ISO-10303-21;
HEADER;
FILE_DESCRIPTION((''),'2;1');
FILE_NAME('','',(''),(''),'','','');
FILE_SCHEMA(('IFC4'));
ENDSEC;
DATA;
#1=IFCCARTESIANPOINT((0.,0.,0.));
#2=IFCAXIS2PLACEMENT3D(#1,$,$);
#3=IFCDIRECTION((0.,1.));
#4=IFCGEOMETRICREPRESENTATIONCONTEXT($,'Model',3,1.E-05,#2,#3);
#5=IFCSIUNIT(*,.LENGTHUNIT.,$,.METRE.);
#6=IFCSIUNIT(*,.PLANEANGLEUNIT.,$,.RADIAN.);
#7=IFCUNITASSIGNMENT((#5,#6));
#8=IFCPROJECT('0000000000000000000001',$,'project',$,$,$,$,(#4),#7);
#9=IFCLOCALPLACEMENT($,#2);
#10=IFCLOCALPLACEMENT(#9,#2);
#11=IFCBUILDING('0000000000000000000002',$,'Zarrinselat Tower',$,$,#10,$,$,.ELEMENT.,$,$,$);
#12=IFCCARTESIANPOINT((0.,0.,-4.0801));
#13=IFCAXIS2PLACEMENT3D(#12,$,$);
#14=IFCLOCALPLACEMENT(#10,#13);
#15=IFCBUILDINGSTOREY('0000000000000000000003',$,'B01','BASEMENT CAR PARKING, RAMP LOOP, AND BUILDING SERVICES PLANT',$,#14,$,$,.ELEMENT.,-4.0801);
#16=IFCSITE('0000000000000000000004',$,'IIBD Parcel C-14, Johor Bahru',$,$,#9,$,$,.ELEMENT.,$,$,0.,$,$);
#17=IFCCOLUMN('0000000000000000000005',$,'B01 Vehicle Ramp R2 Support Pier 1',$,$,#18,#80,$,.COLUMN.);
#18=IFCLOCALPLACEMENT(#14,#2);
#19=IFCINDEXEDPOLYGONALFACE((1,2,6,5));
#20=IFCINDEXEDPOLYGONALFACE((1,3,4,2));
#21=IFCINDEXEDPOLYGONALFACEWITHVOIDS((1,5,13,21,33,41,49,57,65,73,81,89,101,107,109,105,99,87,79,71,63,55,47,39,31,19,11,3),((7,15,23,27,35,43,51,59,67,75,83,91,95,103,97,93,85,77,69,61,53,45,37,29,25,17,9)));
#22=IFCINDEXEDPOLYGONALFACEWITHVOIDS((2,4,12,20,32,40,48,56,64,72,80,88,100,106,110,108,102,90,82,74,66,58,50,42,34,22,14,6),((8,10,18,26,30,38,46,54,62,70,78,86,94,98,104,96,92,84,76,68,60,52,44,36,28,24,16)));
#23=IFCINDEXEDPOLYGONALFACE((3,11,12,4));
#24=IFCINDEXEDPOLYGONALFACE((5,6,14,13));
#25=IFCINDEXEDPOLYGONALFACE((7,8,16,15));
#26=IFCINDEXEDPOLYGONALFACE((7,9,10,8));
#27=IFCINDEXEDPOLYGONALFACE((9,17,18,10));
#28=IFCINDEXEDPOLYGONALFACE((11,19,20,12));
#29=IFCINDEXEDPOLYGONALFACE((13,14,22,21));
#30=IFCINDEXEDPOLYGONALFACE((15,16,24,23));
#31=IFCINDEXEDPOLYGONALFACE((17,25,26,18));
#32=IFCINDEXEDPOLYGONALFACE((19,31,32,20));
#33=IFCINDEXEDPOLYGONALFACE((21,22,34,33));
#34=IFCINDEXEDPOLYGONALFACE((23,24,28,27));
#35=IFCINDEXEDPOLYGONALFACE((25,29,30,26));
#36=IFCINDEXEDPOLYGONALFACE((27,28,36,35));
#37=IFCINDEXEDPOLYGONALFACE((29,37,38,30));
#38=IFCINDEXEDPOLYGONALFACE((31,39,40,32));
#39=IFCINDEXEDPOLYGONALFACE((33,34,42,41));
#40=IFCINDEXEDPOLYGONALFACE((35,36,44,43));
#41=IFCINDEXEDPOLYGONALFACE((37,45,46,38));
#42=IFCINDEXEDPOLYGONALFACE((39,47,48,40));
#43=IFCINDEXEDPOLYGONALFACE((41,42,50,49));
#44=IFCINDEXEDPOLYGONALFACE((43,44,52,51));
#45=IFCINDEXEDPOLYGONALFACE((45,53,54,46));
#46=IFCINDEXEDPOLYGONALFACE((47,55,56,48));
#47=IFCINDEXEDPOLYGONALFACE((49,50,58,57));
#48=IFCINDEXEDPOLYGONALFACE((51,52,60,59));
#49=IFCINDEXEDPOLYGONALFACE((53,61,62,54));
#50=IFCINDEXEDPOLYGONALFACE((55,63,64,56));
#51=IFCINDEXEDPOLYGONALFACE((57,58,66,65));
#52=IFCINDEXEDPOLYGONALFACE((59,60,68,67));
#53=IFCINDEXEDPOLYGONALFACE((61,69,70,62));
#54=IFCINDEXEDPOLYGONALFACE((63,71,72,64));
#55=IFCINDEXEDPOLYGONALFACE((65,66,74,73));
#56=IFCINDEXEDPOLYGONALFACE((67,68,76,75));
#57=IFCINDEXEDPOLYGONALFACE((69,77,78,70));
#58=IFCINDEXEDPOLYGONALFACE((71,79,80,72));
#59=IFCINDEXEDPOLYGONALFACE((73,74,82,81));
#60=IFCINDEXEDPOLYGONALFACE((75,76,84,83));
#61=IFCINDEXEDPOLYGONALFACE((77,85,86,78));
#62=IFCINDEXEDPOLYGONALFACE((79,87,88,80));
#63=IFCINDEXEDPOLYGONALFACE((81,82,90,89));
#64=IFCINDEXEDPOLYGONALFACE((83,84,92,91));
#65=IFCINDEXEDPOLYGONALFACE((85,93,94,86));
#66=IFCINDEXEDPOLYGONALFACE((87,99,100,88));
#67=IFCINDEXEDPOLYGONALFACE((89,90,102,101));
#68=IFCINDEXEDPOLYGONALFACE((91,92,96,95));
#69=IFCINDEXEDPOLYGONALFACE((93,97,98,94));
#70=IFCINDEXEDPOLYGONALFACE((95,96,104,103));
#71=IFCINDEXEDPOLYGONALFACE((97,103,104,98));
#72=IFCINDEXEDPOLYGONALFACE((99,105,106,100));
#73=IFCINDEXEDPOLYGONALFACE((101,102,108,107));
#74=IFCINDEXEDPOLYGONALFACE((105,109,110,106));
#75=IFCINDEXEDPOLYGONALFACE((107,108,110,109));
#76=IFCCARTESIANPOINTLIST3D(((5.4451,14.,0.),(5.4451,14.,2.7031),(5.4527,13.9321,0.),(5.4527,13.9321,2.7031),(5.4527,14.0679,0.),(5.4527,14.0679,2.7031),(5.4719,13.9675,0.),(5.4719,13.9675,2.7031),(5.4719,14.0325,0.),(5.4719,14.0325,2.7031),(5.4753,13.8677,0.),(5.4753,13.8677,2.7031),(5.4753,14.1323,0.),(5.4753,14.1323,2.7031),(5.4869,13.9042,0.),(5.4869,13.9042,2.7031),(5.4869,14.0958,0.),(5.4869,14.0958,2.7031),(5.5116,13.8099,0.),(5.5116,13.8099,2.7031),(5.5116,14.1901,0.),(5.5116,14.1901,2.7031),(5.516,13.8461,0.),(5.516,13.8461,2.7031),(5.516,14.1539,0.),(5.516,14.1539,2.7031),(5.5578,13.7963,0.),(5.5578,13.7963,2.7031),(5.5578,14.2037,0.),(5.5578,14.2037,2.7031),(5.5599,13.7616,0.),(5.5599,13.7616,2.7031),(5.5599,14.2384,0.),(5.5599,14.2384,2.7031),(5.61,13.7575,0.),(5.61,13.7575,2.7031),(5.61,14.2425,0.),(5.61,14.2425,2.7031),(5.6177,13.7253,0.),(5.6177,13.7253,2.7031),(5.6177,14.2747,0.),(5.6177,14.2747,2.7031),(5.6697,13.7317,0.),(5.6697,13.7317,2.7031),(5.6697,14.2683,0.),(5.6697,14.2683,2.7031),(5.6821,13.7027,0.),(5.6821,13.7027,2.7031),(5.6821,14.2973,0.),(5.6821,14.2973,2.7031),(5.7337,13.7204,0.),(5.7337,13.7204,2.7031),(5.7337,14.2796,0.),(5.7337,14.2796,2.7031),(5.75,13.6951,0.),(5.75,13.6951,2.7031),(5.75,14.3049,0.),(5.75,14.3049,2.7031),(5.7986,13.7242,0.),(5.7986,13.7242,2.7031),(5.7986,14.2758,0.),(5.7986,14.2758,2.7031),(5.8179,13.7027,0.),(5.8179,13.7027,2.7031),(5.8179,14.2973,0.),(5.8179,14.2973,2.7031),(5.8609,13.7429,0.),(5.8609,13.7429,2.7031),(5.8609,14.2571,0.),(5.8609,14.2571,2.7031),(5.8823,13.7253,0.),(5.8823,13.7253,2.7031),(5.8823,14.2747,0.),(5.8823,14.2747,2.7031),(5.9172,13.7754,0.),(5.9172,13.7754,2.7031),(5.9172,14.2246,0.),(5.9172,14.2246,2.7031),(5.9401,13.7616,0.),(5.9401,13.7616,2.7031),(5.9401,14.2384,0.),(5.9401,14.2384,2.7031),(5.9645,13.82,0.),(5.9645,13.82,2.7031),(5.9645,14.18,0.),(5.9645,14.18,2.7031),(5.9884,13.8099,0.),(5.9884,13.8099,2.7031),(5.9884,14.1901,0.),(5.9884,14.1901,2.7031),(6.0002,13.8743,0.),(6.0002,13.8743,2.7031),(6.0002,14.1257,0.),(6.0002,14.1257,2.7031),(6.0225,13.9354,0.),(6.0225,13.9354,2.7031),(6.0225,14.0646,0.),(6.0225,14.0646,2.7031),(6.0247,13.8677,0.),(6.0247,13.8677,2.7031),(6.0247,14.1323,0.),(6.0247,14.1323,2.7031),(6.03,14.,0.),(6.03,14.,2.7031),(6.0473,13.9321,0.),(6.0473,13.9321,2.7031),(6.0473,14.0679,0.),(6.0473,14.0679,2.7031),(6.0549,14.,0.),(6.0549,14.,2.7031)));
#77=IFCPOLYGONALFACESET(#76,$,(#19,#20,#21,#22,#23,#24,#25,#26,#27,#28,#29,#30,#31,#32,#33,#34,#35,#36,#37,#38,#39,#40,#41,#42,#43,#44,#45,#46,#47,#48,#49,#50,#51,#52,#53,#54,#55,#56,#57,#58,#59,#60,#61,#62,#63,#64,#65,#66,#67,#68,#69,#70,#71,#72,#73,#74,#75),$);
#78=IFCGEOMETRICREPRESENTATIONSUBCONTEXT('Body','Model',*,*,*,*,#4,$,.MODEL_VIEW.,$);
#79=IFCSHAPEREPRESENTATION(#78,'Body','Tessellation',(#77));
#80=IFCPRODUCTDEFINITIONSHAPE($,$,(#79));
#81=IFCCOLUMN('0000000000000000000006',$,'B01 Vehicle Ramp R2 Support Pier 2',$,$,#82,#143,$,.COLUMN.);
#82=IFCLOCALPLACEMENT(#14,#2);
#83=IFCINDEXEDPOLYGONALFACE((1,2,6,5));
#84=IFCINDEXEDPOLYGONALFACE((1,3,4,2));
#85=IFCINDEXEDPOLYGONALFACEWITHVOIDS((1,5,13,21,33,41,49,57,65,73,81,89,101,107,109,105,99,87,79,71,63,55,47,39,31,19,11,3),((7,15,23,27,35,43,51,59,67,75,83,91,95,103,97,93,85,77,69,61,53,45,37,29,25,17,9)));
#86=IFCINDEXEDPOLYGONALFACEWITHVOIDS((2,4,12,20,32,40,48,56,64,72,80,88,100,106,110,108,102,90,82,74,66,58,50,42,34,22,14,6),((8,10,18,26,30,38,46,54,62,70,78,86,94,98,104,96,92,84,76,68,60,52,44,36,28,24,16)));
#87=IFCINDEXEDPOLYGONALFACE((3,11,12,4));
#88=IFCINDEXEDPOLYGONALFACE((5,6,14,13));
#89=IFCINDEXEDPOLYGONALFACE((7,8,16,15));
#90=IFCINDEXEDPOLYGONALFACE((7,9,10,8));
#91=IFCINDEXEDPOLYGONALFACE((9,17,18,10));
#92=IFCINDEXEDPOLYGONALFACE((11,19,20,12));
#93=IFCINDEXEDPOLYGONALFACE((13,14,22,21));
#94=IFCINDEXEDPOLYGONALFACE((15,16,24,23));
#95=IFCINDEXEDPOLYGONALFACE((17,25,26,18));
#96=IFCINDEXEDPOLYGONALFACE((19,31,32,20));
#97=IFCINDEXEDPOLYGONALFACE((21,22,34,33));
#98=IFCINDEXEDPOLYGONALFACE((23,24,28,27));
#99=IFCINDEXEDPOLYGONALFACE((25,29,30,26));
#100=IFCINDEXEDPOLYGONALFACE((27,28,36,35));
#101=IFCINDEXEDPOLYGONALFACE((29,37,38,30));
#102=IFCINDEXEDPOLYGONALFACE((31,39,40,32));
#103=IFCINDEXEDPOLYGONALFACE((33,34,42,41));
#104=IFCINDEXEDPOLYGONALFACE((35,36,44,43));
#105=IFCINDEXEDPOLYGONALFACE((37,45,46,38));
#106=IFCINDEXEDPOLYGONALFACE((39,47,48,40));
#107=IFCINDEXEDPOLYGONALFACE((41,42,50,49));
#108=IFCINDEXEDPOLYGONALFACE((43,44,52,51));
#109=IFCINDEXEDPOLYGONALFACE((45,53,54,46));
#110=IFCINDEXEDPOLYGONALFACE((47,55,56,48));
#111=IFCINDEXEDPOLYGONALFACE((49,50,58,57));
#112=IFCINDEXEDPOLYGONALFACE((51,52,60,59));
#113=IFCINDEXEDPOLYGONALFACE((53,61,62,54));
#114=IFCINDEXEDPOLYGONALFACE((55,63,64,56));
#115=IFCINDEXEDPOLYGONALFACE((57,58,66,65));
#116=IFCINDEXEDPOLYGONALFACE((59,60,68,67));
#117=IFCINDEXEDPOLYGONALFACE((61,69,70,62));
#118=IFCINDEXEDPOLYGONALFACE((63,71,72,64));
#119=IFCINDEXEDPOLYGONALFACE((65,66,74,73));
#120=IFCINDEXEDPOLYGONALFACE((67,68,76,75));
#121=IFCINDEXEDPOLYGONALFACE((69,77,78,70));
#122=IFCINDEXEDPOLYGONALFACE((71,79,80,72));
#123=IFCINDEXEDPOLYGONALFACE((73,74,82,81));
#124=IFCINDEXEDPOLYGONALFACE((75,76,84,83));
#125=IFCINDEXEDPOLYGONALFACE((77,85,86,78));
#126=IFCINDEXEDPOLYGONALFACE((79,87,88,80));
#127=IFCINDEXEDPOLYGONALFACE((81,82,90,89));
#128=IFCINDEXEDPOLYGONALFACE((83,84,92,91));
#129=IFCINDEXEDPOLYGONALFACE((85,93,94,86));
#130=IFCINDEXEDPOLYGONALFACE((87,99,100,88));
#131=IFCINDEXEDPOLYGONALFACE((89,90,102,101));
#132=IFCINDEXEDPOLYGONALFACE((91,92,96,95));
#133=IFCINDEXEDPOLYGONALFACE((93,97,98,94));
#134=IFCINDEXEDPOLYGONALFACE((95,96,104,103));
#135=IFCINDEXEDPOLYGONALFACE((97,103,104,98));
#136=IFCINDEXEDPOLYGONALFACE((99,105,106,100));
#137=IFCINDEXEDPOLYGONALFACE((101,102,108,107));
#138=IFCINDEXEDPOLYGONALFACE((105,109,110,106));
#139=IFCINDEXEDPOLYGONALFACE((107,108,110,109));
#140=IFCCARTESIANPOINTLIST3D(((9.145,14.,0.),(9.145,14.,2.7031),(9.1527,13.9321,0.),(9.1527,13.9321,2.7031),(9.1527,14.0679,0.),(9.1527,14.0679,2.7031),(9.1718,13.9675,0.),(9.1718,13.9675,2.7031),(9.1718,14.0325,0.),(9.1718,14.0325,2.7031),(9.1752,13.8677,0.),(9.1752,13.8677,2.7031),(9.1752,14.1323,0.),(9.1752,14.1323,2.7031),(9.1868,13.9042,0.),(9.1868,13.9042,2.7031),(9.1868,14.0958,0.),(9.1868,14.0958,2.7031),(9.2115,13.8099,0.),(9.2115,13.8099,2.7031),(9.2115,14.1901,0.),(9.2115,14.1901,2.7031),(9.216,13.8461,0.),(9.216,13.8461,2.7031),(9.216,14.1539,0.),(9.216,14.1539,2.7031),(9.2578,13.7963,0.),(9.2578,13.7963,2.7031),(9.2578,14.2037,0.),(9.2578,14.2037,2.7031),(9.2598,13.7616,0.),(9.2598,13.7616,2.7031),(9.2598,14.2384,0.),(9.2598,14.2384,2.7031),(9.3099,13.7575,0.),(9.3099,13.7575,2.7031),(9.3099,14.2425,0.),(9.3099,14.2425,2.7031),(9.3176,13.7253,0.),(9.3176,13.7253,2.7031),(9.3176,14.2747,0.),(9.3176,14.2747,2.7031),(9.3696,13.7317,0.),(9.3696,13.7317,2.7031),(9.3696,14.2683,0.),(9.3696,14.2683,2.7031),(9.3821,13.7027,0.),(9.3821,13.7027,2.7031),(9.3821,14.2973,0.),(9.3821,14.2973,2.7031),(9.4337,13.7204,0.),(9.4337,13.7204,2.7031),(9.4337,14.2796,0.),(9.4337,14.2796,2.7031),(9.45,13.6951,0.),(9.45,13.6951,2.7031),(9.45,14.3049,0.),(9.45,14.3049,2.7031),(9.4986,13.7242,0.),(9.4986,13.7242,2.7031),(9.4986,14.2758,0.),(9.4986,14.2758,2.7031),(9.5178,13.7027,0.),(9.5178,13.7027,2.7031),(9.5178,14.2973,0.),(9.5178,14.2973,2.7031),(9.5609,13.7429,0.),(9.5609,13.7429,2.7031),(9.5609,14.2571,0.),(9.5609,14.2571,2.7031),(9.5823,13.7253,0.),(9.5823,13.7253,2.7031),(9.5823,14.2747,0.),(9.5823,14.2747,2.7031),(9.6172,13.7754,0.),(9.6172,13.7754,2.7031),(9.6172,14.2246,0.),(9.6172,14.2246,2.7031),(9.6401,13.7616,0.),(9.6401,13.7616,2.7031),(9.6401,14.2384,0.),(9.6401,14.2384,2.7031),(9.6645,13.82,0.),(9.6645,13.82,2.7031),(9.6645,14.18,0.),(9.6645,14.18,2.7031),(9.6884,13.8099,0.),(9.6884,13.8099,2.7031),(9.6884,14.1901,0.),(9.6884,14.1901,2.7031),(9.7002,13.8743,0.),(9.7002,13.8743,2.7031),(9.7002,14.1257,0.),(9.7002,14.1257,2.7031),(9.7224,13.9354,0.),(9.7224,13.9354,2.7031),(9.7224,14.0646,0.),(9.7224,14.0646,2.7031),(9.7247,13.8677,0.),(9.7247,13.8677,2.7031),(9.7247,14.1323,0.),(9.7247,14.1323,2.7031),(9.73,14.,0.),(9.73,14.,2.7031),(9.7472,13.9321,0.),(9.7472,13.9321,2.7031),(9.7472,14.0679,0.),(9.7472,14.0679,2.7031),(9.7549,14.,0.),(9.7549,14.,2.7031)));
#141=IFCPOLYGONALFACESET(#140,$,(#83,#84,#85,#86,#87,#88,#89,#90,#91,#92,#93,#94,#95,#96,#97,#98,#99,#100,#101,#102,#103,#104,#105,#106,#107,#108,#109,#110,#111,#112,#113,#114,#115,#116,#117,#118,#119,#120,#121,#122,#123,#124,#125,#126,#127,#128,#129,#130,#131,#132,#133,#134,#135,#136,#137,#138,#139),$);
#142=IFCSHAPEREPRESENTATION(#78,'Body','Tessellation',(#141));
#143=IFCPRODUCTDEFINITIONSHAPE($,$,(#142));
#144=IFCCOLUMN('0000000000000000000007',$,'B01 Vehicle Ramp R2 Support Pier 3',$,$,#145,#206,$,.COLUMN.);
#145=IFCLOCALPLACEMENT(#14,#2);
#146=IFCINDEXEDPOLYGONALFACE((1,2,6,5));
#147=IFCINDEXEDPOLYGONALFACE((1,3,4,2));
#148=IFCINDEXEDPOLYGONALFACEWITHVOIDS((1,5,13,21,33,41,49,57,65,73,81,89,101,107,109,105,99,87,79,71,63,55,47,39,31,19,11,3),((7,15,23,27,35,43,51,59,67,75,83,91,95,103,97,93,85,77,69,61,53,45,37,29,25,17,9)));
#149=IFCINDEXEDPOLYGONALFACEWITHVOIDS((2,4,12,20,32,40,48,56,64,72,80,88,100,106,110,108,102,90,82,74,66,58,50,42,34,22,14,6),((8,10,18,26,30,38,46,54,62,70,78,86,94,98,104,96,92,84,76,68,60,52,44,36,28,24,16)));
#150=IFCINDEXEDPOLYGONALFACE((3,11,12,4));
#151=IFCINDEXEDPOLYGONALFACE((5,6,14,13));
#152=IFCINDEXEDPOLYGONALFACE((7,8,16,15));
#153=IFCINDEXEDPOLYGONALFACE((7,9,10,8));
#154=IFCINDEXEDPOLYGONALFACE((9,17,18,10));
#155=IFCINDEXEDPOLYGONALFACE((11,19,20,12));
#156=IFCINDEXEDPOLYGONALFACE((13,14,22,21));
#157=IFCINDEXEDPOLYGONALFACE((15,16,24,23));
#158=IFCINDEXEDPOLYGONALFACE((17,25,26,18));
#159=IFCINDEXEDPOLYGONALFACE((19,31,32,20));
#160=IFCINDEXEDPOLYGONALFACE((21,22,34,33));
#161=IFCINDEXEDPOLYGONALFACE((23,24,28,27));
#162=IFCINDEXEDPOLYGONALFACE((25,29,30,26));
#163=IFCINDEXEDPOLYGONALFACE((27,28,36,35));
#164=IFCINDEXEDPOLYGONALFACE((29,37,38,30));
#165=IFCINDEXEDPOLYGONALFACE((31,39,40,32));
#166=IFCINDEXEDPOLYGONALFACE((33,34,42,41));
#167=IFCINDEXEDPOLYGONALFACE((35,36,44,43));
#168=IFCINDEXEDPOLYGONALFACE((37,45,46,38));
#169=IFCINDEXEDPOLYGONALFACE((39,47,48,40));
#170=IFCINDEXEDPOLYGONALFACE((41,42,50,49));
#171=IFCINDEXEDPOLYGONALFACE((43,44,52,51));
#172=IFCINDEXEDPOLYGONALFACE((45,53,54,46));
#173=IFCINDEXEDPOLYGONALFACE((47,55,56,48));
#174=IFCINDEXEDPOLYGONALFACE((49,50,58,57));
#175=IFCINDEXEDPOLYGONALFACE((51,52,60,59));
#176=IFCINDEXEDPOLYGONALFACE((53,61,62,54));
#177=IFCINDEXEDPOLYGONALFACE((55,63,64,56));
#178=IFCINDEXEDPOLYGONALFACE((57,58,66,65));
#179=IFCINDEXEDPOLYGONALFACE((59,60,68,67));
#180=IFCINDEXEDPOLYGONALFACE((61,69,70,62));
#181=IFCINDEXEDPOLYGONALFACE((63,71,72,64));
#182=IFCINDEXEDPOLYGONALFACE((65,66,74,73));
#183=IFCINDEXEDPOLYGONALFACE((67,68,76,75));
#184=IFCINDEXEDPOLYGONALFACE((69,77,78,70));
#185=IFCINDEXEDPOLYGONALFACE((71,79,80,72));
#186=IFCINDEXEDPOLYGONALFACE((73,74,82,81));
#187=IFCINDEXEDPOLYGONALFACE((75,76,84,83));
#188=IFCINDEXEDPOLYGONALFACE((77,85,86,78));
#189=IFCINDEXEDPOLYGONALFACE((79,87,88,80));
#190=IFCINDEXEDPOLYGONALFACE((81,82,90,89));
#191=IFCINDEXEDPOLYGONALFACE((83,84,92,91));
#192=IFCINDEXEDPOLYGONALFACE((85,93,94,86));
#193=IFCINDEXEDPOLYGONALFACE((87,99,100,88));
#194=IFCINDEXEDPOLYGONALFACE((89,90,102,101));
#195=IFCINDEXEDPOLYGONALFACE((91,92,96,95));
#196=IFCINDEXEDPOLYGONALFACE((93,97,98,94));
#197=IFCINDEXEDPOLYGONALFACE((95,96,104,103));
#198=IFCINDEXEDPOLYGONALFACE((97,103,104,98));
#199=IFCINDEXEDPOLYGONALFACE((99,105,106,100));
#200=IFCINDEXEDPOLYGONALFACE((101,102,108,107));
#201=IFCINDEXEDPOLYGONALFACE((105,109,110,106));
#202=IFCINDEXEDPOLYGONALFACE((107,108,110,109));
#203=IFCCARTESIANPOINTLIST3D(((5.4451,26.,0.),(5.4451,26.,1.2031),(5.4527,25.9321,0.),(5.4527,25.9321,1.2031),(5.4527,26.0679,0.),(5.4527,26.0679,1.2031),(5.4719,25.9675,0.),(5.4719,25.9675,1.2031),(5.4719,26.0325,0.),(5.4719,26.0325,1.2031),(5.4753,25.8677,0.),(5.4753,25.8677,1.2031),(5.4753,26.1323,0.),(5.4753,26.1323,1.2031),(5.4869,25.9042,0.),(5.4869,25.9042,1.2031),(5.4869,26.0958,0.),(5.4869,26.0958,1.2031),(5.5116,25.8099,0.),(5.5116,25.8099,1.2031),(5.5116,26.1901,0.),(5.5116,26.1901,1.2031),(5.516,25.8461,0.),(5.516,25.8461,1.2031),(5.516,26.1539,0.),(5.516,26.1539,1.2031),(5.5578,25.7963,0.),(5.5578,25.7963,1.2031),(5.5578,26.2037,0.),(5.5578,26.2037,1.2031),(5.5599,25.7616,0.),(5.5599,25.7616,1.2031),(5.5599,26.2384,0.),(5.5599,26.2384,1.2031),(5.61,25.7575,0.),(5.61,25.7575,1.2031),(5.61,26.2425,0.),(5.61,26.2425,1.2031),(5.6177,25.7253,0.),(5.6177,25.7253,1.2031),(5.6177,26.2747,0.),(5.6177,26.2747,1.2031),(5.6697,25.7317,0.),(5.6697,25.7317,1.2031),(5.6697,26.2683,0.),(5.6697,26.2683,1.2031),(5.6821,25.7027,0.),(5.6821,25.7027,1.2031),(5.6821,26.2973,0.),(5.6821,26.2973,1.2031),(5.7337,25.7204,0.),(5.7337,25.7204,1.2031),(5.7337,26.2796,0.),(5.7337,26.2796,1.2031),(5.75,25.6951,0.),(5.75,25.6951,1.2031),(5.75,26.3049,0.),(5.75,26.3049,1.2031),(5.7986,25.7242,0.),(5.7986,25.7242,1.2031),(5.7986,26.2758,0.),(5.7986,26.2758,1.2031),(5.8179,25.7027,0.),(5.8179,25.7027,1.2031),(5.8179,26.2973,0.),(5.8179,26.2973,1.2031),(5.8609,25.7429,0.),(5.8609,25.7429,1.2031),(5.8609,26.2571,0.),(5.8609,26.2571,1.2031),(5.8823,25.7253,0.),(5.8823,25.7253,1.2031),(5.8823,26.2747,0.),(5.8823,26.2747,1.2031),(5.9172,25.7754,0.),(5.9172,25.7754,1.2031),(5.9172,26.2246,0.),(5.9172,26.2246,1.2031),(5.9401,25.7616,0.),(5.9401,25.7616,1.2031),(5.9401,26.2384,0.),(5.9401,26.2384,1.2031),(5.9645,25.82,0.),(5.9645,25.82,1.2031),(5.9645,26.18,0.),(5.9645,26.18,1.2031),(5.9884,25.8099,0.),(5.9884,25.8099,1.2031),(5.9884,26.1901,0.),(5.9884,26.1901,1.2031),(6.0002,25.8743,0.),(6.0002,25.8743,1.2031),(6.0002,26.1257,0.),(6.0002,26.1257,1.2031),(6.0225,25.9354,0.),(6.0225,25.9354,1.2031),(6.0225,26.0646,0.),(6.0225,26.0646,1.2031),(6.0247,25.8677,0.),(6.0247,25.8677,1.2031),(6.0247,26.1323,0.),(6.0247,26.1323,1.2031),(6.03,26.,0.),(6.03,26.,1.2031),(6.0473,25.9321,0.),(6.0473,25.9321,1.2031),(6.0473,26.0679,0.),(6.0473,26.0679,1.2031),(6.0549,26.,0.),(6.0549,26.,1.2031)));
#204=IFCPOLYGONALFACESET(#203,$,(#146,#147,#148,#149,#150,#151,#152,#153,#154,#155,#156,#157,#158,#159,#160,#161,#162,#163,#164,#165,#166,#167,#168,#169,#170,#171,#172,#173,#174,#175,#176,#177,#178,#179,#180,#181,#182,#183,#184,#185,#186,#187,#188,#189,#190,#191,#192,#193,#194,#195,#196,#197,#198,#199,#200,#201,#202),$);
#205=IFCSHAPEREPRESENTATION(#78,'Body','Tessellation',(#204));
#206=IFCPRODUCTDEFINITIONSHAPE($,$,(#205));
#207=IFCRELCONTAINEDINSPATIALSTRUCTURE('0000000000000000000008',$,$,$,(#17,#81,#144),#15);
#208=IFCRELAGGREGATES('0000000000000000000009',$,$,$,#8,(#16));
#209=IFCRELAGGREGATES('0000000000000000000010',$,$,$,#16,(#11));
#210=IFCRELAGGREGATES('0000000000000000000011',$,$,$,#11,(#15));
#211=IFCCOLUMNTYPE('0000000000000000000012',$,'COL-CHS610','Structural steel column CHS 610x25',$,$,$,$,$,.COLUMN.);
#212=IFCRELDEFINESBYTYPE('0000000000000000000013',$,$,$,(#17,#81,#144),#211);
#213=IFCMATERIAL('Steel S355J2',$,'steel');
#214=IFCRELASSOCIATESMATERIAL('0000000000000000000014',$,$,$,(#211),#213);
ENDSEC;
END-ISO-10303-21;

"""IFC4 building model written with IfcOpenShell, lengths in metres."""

from ifc_helpers import new_model, si_unit, direction, frame, origin, origin_2d, place, context, subcontext, project, spatial, hollow_circle, extrude, material, material_profile, profile_set, type_object, element, save


model = new_model("IFC4")

# Units and contexts
model_context = context("Model", 3, precision=1e-05, world=origin(), true_north=direction((0.0, 1.0)))
body_context = subcontext(model_context, "Body", "Model", "MODEL_VIEW")
ifc_project = project(units=[si_unit("LENGTHUNIT", "METRE"), si_unit("PLANEANGLEUNIT", "RADIAN")], contexts=[model_context])

# Site, building, storey
site_placement = place(None, origin())
site = spatial("IfcSite", under=ifc_project, at=site_placement, Name="IIBD Parcel C-14, Johor Bahru", CompositionType="ELEMENT", RefElevation=0.0)
building_placement = place(site_placement, origin())
building = spatial("IfcBuilding", under=site, at=building_placement, Name="Zarrinselat Tower", CompositionType="ELEMENT")
storey_placement = place(building_placement, frame((0.0, 0.0, -4.0801)))
storey = spatial("IfcBuildingStorey", under=building, at=storey_placement, Name="B01", Description="BASEMENT CAR PARKING, RAMP LOOP, AND BUILDING SERVICES PLANT", CompositionType="ELEMENT", Elevation=-4.0801)

# Columns
ifc_material_1 = material(Name="Steel S355J2", Category="steel")
ifc_material_profile_1 = material_profile(ifc_material_1, hollow_circle(Radius=0.3049, WallThickness=0.0249, at=origin_2d()), Name="CHS 610x25")
ifc_profile_set_1 = profile_set([ifc_material_profile_1], Name="Steel S355J2")
column_type_1 = type_object("IfcColumnType", Name="COL-CHS610", Description="Structural steel column CHS 610x25", PredefinedType="COLUMN", material=ifc_profile_set_1)
for number, where, z_axis, x_axis, name in (
    (1, (5.75, 14.0, 0.0), (0.0, 0.0, 1.0), (1.0, 0.0, 0.0), "B01 Vehicle Ramp R2 Support Pier 1"),
    (2, (9.45, 14.0, 0.0), (0.0, 0.0, 1.0), (1.0, 0.0, 0.0), "B01 Vehicle Ramp R2 Support Pier 2"),
):
    element("IfcColumn", number, at=place(storey_placement, frame(where, z_axis=z_axis, x_axis=x_axis)), inside=storey, type_object=column_type_1, Name=name, PredefinedType="COLUMN", context=body_context, shape_type="SweptSolid", body=[
        extrude(hollow_circle(Radius=0.3049, WallThickness=0.0249, at=origin_2d()), origin(), (0.0, 0.0, 1.0), 2.7031),
    ])
for number, where, z_axis, x_axis, name in (
    (3, (5.75, 26.0, 0.0), (0.0, 0.0, 1.0), (1.0, 0.0, 0.0), "B01 Vehicle Ramp R2 Support Pier 3"),
):
    element("IfcColumn", number, at=place(storey_placement, frame(where, z_axis=z_axis, x_axis=x_axis)), inside=storey, type_object=column_type_1, Name=name, PredefinedType="COLUMN", context=body_context, shape_type="SweptSolid", body=[
        extrude(hollow_circle(Radius=0.3049, WallThickness=0.0249, at=origin_2d()), origin(), (0.0, 0.0, 1.0), 1.2031),
    ])

save(model, "model.ifc")
